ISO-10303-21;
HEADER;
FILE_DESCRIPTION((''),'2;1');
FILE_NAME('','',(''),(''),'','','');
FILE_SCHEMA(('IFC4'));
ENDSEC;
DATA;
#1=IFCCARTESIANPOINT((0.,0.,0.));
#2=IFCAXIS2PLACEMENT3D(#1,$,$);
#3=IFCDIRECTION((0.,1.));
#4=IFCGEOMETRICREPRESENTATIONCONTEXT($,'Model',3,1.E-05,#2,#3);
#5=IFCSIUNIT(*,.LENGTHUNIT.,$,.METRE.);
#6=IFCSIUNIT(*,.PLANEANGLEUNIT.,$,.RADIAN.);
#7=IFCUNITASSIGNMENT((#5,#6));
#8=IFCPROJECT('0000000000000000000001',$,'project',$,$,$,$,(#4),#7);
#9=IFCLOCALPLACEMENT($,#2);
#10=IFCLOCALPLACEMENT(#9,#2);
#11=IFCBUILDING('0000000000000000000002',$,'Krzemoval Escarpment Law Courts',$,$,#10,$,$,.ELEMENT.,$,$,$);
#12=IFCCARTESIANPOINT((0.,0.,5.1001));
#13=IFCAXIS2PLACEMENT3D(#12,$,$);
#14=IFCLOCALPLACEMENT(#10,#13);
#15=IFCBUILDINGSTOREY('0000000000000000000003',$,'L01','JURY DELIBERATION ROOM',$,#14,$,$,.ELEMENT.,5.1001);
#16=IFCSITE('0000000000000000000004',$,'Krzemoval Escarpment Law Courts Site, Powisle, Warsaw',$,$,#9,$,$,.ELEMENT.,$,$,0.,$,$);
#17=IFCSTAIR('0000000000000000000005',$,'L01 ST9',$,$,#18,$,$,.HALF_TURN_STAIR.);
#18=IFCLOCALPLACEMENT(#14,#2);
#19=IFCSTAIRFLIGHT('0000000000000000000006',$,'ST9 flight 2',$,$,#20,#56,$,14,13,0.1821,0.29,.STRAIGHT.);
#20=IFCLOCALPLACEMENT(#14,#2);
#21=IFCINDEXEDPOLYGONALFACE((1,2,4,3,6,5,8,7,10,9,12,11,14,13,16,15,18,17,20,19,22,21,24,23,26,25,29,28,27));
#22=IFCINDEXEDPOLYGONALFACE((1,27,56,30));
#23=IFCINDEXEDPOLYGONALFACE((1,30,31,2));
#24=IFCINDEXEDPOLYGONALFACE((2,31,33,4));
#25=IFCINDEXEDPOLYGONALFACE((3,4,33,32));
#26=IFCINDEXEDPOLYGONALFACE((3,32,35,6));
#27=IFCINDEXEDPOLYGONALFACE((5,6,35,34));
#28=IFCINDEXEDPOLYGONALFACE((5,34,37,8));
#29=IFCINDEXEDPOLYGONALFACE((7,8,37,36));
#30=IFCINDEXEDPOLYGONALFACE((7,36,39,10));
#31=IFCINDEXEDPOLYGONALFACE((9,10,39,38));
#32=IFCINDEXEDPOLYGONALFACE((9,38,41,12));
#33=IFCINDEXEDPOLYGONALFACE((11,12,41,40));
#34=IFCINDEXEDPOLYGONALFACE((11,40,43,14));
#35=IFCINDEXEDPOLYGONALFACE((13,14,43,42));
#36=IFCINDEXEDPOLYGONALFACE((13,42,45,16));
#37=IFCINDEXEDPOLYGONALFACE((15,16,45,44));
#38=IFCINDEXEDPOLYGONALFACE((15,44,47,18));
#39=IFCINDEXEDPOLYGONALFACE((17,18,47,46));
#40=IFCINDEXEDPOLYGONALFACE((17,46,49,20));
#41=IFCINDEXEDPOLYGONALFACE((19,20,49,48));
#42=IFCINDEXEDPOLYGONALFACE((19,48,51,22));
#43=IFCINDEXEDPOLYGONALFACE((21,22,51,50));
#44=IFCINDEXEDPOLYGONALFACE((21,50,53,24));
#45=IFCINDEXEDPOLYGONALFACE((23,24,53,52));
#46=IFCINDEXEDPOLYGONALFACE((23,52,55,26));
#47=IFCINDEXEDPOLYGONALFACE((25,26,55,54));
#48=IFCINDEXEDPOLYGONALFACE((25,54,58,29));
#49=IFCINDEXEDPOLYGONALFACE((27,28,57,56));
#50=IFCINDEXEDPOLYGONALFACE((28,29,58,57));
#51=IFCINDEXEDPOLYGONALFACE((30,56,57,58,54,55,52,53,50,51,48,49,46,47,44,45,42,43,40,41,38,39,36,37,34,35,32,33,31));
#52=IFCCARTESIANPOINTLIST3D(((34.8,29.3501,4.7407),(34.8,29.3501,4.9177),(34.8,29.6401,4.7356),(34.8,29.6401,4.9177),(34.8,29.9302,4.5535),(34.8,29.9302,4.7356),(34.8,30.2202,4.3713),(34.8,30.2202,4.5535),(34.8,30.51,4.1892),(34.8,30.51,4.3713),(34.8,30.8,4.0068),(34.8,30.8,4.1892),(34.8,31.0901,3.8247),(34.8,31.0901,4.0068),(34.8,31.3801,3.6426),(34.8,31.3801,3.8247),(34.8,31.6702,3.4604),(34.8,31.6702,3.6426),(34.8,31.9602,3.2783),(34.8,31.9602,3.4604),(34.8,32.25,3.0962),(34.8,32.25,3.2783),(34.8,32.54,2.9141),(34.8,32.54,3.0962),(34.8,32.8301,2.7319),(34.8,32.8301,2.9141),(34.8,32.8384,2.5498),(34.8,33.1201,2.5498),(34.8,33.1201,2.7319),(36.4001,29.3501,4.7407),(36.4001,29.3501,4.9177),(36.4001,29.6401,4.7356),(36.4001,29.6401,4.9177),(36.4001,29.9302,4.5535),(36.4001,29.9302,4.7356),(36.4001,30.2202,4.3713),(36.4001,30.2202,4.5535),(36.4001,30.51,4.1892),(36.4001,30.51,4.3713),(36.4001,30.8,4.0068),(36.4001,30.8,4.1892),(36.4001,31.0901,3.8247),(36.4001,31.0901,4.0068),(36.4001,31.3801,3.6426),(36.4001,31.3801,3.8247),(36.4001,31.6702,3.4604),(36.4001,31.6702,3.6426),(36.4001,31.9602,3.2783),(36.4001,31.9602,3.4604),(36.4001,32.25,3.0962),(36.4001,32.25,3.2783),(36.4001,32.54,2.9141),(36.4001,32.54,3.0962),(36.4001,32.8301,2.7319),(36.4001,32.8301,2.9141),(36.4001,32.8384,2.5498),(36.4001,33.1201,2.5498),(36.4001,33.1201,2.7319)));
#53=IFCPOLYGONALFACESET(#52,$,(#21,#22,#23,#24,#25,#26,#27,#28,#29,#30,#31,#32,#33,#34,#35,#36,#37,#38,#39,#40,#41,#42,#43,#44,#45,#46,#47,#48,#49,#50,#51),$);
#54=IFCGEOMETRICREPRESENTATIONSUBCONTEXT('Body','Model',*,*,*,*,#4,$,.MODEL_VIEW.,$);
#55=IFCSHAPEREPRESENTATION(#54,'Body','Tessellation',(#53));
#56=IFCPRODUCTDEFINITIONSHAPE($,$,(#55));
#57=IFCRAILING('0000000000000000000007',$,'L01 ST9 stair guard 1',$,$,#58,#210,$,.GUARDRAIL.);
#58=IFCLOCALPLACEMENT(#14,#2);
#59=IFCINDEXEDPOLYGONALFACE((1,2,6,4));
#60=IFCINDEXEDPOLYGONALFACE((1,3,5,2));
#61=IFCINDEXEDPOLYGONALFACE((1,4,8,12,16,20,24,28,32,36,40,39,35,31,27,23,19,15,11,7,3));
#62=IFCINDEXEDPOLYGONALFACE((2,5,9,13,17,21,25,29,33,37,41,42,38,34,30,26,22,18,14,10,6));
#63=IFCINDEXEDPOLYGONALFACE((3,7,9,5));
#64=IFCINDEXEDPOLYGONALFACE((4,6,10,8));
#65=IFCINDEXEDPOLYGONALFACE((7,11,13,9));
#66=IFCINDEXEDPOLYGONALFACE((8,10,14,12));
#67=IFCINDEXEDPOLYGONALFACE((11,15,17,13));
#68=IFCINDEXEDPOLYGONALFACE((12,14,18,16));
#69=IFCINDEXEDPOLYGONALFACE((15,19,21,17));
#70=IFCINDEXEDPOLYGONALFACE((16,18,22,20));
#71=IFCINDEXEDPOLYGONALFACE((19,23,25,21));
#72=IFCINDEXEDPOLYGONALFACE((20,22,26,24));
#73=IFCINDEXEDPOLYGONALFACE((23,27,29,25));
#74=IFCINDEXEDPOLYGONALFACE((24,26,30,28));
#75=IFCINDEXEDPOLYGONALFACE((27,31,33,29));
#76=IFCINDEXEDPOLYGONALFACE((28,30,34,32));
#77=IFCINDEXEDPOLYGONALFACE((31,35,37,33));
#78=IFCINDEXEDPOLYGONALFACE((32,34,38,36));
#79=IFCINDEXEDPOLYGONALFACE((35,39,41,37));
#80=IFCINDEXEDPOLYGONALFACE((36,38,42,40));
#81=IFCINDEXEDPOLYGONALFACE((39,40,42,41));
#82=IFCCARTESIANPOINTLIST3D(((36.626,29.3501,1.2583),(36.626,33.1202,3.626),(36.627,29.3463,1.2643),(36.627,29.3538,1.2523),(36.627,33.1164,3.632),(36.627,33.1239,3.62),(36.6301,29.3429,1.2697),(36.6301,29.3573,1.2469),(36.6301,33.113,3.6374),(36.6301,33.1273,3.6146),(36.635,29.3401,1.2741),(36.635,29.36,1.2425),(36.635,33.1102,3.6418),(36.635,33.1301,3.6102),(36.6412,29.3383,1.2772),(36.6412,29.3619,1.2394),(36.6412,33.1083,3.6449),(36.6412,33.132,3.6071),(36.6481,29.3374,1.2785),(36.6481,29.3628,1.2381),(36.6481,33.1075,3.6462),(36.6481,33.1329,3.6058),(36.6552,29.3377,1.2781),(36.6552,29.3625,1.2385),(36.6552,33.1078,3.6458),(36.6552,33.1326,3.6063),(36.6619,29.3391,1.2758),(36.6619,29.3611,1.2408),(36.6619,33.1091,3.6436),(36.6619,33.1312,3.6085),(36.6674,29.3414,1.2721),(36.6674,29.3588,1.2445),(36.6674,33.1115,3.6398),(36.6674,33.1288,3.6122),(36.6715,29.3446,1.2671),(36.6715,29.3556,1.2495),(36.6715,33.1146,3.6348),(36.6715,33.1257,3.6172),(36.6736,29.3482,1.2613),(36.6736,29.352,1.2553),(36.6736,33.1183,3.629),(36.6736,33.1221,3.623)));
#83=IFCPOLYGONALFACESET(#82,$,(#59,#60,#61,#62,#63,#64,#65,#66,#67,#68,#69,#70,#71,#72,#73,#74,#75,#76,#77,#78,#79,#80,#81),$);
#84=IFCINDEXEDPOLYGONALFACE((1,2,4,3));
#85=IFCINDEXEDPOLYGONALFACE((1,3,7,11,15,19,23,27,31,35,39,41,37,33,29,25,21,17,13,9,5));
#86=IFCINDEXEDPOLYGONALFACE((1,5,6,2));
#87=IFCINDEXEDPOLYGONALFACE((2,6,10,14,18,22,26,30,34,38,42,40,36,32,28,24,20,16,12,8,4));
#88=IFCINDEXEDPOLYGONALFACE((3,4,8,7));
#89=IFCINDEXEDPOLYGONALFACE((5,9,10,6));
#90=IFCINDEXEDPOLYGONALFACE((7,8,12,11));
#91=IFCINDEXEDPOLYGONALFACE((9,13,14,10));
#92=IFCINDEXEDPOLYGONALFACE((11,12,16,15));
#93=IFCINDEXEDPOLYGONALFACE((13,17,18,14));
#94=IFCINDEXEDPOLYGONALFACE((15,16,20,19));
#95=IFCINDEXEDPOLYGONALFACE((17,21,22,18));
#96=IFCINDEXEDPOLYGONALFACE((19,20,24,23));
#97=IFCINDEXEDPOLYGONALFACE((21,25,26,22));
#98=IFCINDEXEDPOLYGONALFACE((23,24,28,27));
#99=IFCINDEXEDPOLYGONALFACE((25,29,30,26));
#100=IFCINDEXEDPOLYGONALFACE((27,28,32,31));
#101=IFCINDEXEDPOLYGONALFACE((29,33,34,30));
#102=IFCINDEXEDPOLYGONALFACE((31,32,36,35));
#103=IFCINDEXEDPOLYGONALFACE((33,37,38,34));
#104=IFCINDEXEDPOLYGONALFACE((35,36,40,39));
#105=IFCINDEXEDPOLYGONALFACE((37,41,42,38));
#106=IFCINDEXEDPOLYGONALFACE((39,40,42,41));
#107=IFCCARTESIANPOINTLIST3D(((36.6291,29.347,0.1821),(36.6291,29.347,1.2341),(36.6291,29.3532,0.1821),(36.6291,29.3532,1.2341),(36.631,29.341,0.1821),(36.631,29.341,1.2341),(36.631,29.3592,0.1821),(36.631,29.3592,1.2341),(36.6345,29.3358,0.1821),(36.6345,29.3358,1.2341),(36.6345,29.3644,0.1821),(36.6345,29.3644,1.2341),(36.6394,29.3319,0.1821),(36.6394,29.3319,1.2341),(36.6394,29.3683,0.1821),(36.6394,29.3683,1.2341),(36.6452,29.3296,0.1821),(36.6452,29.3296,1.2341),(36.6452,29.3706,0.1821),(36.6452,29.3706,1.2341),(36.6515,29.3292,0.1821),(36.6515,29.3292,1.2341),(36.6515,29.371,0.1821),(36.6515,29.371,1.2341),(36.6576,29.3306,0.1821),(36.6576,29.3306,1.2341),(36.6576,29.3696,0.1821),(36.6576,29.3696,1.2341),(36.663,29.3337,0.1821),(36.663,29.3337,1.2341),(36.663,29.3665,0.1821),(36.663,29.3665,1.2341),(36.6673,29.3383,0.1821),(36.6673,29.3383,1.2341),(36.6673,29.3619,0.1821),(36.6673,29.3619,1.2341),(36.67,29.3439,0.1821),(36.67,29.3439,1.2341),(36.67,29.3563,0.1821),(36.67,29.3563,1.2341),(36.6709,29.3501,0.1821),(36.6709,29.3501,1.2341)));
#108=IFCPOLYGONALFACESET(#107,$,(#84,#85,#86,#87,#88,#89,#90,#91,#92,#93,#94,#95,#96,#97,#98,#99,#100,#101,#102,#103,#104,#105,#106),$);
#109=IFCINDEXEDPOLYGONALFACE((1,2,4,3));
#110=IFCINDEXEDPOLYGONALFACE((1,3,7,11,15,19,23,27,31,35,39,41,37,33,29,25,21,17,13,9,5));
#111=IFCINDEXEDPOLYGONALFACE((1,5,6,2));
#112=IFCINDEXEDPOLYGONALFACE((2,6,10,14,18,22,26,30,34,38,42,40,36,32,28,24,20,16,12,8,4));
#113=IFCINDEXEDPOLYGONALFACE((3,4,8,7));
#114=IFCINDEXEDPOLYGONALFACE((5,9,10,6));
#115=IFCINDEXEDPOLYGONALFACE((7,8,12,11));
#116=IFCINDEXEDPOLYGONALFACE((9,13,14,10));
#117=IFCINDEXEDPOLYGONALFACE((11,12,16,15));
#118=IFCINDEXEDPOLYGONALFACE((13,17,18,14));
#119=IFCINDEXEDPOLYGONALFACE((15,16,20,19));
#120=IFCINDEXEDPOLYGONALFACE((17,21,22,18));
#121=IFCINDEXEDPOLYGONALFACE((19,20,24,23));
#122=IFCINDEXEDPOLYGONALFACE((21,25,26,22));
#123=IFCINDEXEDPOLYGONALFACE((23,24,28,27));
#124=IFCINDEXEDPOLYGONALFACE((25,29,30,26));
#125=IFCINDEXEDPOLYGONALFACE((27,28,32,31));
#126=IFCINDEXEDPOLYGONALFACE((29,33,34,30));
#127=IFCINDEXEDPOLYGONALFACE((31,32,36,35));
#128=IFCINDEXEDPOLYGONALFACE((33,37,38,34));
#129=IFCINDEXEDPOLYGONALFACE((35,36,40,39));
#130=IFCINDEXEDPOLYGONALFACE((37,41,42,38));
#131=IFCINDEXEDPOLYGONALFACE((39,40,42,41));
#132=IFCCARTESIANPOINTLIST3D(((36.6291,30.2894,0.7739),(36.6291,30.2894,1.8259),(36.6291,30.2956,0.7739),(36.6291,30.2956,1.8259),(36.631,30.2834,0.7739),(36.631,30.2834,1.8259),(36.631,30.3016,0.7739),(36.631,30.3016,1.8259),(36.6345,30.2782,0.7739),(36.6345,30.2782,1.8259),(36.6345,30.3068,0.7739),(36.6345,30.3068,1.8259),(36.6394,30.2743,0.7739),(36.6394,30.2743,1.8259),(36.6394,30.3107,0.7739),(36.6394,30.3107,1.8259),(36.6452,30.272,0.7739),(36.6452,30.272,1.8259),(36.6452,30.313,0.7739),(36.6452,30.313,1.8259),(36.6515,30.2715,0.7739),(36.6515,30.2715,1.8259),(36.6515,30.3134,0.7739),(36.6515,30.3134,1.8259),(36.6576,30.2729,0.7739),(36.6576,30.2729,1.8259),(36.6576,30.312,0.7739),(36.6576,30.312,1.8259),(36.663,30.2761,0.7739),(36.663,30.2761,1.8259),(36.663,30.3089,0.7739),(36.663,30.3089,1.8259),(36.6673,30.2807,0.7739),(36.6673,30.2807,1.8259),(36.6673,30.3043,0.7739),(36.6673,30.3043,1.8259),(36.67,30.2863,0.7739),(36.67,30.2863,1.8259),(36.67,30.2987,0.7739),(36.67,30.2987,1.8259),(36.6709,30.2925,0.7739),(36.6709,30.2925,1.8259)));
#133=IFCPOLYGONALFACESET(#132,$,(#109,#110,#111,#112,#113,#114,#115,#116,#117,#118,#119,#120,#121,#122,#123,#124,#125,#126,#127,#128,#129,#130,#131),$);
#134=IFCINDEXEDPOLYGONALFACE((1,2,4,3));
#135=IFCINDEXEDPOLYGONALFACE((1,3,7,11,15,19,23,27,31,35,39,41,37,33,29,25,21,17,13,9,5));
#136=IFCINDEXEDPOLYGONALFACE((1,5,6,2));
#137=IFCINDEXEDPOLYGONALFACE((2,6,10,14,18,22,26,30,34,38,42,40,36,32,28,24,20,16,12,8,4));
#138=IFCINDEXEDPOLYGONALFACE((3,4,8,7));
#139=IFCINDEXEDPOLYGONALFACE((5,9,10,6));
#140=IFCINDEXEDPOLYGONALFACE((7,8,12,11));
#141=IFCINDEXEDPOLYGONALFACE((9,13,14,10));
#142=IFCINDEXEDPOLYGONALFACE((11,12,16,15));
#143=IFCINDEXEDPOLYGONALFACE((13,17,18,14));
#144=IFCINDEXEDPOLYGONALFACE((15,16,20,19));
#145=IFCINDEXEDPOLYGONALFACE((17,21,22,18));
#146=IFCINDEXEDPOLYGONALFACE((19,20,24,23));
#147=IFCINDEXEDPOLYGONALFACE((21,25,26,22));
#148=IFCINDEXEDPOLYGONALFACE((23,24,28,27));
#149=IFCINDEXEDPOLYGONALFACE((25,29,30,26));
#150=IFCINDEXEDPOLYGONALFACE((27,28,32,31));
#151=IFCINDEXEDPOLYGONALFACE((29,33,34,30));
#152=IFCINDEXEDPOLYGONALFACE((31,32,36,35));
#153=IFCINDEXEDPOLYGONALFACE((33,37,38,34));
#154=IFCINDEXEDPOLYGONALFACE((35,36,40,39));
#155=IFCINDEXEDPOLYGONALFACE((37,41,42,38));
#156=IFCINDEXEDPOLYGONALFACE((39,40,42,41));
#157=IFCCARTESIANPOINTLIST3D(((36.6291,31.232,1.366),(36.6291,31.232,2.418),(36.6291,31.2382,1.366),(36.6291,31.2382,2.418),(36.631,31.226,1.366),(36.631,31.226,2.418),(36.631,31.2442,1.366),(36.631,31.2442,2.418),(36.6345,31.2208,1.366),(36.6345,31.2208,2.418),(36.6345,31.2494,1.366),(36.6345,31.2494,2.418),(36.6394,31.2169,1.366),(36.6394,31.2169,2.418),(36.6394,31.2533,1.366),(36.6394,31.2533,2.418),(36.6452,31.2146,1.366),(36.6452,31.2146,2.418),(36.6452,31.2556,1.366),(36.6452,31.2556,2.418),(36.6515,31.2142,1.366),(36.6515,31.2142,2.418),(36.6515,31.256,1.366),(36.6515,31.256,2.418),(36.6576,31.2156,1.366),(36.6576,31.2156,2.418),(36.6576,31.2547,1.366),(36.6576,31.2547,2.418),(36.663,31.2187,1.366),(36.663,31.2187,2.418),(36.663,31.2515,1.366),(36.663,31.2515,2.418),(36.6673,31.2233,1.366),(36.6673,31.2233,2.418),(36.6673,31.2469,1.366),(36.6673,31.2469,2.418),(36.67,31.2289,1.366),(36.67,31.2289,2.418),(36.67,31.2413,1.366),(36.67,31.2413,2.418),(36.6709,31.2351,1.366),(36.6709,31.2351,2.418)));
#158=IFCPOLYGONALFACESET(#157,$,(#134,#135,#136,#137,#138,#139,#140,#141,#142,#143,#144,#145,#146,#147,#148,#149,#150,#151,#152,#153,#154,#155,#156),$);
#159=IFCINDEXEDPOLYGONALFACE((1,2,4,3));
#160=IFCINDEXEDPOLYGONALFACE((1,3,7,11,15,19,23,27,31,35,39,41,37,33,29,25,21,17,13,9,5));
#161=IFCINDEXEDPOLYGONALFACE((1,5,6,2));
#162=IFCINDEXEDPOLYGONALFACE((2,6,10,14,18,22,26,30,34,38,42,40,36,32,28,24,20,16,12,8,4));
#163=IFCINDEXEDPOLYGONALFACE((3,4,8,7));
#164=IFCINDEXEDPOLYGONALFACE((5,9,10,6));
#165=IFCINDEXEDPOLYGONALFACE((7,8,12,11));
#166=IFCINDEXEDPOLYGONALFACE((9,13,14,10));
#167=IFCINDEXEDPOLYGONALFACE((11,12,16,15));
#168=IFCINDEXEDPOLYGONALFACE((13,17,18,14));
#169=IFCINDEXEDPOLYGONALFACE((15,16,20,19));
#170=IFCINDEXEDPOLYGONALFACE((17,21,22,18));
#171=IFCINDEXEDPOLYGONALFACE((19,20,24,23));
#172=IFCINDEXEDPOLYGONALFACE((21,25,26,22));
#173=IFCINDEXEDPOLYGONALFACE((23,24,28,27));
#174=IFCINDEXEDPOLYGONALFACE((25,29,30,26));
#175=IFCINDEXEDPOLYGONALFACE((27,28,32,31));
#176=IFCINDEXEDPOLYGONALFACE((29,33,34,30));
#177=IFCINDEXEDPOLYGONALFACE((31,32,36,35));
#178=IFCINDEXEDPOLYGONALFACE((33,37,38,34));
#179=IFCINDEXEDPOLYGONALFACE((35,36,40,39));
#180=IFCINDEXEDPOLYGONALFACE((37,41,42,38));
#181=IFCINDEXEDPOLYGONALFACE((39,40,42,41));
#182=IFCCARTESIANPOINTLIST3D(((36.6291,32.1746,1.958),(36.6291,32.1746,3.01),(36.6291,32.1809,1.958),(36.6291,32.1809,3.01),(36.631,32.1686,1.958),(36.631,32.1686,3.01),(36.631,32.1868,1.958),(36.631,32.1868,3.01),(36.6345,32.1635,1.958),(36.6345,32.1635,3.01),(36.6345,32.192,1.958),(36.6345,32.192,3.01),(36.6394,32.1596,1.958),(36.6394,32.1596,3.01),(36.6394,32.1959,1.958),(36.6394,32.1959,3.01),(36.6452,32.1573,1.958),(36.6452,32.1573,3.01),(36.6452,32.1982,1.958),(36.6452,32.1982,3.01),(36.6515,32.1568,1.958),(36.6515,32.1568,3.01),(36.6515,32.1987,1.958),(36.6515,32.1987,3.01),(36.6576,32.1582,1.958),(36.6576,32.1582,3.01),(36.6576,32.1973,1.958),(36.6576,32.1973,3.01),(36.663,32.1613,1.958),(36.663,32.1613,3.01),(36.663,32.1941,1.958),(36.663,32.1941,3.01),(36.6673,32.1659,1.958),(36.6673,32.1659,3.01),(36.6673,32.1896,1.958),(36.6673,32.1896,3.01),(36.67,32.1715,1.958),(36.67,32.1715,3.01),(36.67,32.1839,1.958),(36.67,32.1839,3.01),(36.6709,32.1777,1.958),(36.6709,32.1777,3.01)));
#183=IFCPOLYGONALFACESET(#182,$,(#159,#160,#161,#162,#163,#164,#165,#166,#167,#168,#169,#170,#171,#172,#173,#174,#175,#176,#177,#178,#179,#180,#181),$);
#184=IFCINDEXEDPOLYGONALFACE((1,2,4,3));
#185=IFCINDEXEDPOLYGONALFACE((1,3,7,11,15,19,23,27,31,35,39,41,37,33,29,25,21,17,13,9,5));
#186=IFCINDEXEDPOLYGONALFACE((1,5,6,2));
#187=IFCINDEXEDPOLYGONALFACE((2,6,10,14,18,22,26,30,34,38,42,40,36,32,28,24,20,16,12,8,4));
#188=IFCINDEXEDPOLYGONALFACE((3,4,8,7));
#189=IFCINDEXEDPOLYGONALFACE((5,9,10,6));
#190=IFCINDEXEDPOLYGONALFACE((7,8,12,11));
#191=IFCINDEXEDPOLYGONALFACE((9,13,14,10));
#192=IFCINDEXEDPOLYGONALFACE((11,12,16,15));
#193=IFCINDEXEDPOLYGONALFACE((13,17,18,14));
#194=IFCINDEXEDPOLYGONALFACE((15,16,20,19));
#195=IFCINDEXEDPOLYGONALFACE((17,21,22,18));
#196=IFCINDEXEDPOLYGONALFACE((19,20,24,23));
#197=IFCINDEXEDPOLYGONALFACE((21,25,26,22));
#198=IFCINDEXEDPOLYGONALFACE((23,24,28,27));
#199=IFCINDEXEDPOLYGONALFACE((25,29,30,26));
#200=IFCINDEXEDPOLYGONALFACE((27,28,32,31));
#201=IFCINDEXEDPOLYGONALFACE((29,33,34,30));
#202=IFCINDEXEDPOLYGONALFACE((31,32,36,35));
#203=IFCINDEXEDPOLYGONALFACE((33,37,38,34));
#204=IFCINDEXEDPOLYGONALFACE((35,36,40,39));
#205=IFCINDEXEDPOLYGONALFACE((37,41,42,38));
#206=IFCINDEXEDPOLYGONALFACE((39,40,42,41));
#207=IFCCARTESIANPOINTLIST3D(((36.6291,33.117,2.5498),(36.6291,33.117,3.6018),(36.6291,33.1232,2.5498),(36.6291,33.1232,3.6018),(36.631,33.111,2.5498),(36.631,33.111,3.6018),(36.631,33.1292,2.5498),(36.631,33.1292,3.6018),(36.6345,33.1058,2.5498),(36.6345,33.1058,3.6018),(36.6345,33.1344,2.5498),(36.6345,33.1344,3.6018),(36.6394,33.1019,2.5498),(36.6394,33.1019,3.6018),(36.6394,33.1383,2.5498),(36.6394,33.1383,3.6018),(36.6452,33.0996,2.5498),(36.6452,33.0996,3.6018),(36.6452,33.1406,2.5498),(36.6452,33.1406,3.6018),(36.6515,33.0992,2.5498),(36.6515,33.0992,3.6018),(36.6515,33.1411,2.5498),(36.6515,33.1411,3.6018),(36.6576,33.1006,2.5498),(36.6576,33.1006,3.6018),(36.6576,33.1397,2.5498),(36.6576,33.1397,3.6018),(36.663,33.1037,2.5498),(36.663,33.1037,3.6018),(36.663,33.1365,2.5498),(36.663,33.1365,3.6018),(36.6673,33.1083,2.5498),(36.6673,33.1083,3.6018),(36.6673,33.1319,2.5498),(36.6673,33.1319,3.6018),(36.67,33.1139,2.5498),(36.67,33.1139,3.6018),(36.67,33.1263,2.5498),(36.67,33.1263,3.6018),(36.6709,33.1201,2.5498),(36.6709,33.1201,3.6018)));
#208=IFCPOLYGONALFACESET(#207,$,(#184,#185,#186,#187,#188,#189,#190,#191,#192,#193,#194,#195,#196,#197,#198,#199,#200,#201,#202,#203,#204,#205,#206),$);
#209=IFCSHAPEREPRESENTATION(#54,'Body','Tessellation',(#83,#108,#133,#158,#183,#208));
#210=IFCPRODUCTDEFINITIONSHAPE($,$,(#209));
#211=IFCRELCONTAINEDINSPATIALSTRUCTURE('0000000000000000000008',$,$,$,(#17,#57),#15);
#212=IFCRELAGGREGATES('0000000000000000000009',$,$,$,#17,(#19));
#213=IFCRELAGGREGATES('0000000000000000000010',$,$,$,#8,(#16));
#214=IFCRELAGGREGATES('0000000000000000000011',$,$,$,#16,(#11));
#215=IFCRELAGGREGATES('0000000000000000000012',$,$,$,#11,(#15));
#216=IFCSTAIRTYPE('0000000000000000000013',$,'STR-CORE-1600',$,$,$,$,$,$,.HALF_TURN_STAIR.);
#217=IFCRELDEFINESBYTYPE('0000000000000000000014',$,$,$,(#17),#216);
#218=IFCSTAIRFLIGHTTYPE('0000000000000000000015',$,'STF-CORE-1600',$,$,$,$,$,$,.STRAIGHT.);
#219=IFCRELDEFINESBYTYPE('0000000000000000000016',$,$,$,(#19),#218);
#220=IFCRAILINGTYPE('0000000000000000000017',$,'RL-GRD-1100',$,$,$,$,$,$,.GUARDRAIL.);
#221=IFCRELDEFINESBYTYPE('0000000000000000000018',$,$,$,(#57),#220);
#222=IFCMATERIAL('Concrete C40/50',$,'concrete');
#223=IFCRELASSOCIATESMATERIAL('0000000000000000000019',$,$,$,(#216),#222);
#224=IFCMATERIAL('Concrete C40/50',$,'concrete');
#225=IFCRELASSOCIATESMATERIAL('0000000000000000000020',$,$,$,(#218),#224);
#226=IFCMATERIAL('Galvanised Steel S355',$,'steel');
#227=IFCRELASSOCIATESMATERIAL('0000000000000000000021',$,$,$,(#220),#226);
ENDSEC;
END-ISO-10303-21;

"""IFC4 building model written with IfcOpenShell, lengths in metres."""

from ifc_helpers import new_model, si_unit, direction, frame, origin, origin_2d, place, context, subcontext, project, spatial, polyline, circle, outline, extrude, material, type_object, element, aggregate, save


model = new_model("IFC4")

# Units and contexts
model_context = context("Model", 3, precision=1e-05, world=origin(), true_north=direction((0.0, 1.0)))
body_context = subcontext(model_context, "Body", "Model", "MODEL_VIEW")
ifc_project = project(units=[si_unit("LENGTHUNIT", "METRE"), si_unit("PLANEANGLEUNIT", "RADIAN")], contexts=[model_context])

# Site, building, storey
site_placement = place(None, origin())
site = spatial("IfcSite", under=ifc_project, at=site_placement, Name="Krzemoval Escarpment Law Courts Site, Powisle, Warsaw", CompositionType="ELEMENT", RefElevation=0.0)
building_placement = place(site_placement, origin())
building = spatial("IfcBuilding", under=site, at=building_placement, Name="Krzemoval Escarpment Law Courts", CompositionType="ELEMENT")
storey_placement = place(building_placement, frame((0.0, 0.0, 5.1001)))
storey = spatial("IfcBuildingStorey", under=building, at=storey_placement, Name="L01", Description="JURY DELIBERATION ROOM", CompositionType="ELEMENT", Elevation=5.1001)

# Stair, stair flight
ifc_material_1 = material(Name="Concrete C40/50", Category="concrete")
stair_type = type_object("IfcStairType", Name="STR-CORE-1600", PredefinedType="HALF_TURN_STAIR", material=ifc_material_1)
stair_placement = place(storey_placement, origin())
stair = element("IfcStair", 1, at=stair_placement, inside=storey, type_object=stair_type, Name="L01 ST9", PredefinedType="HALF_TURN_STAIR")
ifc_material_2 = material(Name="Concrete C40/50", Category="concrete")
stair_flight_type = type_object("IfcStairFlightType", Name="STF-CORE-1600", PredefinedType="STRAIGHT", material=ifc_material_2)
stair_flight_1_placement = place(storey_placement, frame((35.6001, 33.1201, 2.5498), z_axis=(0.0, 0.0, 1.0), x_axis=(0.0, -1.0, 0.0)))
stair_flight_1 = element("IfcStairFlight", 2, at=stair_flight_1_placement, type_object=stair_flight_type, Name="ST9 flight 2", NumberOfRisers=14, NumberOfTreads=13, PredefinedType="STRAIGHT", RiserHeight=0.1821, TreadLength=0.29, context=body_context, shape_type="SweptSolid", body=[
    extrude(outline(polyline([(0.0, 0.0), (0.0, 0.1821), (0.29, 0.1821), (0.29, 0.3643), (0.5801, 0.3643), (0.5801, 0.5464), (0.8701, 0.5464), (0.8701, 0.7285), (1.1599, 0.7285), (1.1599, 0.9106), (1.45, 0.9106), (1.45, 1.0928), (1.74, 1.0928), (1.74, 1.2749), (2.03, 1.2749), (2.03, 1.457), (2.3201, 1.457), (2.3201, 1.6394), (2.6101, 1.6394), (2.6101, 1.8215), (2.8999, 1.8215), (2.8999, 2.0037), (3.1899, 2.0037), (3.1899, 2.1858), (3.48, 2.1858), (3.48, 2.3679), (3.77, 2.3679), (3.77, 2.55), (3.77, 2.1909), (0.2817, 0.0), (0.0, 0.0)])), frame((0.0, 0.8, 0.0), z_axis=(0.0, -1.0, 0.0), x_axis=(1.0, 0.0, 0.0)), (0.0, 0.0, 1.0), 1.6001),
])
aggregate(stair, [stair_flight_1])

# Railing
ifc_material_3 = material(Name="Galvanised Steel S355", Category="steel")
railing_type_1 = type_object("IfcRailingType", Name="RL-GRD-1100", PredefinedType="GUARDRAIL", material=ifc_material_3)
railing_1_placement = place(storey_placement, frame((36.6499, 29.3501, 0.1821)))
element("IfcRailing", 3, at=railing_1_placement, inside=storey, type_object=railing_type_1, Name="L01 ST9 stair guard 1", PredefinedType="GUARDRAIL", context=body_context, shape_type="SweptSolid", body=[
    extrude(circle(Radius=0.0239, at=origin_2d()), frame((0.0, 0.0, 1.0762), z_axis=(0.0, 0.846844, 0.531841), x_axis=(-1.0, 0.0, 0.0)), (0.0, 0.0, 1.0), 4.4519),
    extrude(circle(Radius=0.021, at=origin_2d()), origin(), (0.0, 0.0, 1.0), 1.052),
    extrude(circle(Radius=0.021, at=origin_2d()), frame((0.0, 0.9424, 0.5918)), (0.0, 0.0, 1.0), 1.052),
    extrude(circle(Radius=0.021, at=origin_2d()), frame((0.0, 1.885, 1.1838)), (0.0, 0.0, 1.0), 1.052),
    extrude(circle(Radius=0.021, at=origin_2d()), frame((0.0, 2.8276, 1.7759)), (0.0, 0.0, 1.0), 1.052),
    extrude(circle(Radius=0.021, at=origin_2d()), frame((0.0, 3.77, 2.3677)), (0.0, 0.0, 1.0), 1.052),
])

save(model, "model.ifc")
